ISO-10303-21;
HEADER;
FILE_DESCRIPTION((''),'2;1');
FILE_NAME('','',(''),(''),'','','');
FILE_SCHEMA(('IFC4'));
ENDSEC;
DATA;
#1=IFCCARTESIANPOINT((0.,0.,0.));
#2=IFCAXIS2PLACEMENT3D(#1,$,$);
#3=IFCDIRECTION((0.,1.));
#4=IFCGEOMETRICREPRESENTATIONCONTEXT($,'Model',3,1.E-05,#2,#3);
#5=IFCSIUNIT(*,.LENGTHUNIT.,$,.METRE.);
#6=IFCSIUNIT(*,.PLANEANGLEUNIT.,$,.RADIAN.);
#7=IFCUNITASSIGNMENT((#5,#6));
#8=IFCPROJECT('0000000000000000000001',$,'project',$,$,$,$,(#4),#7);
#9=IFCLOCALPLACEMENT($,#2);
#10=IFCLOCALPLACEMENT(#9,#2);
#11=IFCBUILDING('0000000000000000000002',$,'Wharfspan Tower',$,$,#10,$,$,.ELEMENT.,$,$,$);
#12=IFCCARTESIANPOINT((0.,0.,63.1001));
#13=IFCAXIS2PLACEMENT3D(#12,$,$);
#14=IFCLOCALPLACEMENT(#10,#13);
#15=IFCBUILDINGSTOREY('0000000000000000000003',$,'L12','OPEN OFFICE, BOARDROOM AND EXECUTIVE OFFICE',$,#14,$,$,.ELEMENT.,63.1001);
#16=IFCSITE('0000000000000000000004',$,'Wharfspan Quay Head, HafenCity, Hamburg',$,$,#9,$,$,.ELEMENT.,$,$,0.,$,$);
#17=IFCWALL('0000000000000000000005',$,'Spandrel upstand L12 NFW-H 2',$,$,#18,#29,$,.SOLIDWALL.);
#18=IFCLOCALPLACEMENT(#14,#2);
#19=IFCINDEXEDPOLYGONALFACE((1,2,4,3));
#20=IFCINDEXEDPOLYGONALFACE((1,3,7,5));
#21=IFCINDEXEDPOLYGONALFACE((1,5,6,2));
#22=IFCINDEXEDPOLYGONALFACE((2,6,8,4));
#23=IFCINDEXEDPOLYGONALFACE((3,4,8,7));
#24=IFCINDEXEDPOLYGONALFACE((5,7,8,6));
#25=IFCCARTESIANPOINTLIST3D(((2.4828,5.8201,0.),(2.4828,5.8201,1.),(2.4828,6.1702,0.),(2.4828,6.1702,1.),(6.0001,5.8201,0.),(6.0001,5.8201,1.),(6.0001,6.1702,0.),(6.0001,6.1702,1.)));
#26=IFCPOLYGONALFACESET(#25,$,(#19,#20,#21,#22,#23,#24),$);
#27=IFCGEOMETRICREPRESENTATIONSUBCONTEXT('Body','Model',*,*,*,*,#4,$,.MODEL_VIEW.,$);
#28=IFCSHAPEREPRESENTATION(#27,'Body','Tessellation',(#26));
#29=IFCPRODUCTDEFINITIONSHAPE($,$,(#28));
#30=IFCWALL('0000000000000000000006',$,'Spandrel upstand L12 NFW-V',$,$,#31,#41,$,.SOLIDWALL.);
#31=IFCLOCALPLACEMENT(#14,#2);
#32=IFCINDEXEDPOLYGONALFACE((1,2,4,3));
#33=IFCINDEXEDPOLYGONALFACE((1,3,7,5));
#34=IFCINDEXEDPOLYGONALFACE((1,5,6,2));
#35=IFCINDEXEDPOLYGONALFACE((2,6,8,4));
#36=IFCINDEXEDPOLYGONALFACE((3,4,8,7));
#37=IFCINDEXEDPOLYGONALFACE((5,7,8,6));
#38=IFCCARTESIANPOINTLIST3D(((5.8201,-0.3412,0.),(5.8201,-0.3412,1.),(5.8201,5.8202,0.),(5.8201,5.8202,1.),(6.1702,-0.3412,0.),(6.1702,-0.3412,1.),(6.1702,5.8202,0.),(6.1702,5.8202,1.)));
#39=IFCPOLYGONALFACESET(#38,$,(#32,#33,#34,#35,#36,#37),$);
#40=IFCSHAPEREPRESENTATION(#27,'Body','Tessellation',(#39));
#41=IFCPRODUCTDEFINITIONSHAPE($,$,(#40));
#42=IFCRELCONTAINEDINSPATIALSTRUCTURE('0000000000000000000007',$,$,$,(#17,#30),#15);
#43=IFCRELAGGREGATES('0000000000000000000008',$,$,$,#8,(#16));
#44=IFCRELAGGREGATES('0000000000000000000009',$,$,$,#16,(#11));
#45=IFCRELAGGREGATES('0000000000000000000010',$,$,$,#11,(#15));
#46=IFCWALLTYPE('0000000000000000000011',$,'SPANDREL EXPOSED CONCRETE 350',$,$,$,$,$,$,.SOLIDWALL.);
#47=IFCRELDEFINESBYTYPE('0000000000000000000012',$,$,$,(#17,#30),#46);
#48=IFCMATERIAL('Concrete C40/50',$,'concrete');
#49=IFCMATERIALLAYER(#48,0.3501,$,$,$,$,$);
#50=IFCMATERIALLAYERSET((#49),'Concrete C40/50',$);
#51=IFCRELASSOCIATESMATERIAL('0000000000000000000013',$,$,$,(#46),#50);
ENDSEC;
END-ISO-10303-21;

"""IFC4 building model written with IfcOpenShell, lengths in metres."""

from ifc_helpers import new_model, si_unit, direction, frame, frame_2d, origin, place, context, subcontext, project, spatial, rectangle, extrude, material, layer, layer_set, type_object, element, save


model = new_model("IFC4")

# Units and contexts
model_context = context("Model", 3, precision=1e-05, world=origin(), true_north=direction((0.0, 1.0)))
body_context = subcontext(model_context, "Body", "Model", "MODEL_VIEW")
ifc_project = project(units=[si_unit("LENGTHUNIT", "METRE"), si_unit("PLANEANGLEUNIT", "RADIAN")], contexts=[model_context])

# Site, building, storey
site_placement = place(None, origin())
site = spatial("IfcSite", under=ifc_project, at=site_placement, Name="Wharfspan Quay Head, HafenCity, Hamburg", CompositionType="ELEMENT", RefElevation=0.0)
building_placement = place(site_placement, origin())
building = spatial("IfcBuilding", under=site, at=building_placement, Name="Wharfspan Tower", CompositionType="ELEMENT")
storey_placement = place(building_placement, frame((0.0, 0.0, 63.1001)))
storey = spatial("IfcBuildingStorey", under=building, at=storey_placement, Name="L12", Description="OPEN OFFICE, BOARDROOM AND EXECUTIVE OFFICE", CompositionType="ELEMENT", Elevation=63.1001)

# Shared definitions
ifc_material_1 = material(Name="Concrete C40/50", Category="concrete")

# Walls
ifc_layer_1 = layer(ifc_material_1, 0.3501)
ifc_layer_set_1 = layer_set([ifc_layer_1], Name="Concrete C40/50")
wall_type_1 = type_object("IfcWallType", Name="SPANDREL EXPOSED CONCRETE 350", PredefinedType="SOLIDWALL", material=ifc_layer_set_1)
wall_1_placement = place(storey_placement, frame((2.4827, 5.9951, 0.0), z_axis=(0.0, 0.0, 1.0), x_axis=(1.0, 0.0, 0.0)))
element("IfcWall", 1, at=wall_1_placement, inside=storey, type_object=wall_type_1, Name="Spandrel upstand L12 NFW-H 2", PredefinedType="SOLIDWALL", context=body_context, shape_type="SweptSolid", body=[
    extrude(rectangle(XDim=3.5173, YDim=0.3501, at=frame_2d((1.7588, 0.0))), origin(), (0.0, 0.0, 1.0), 1.0),
])
wall_2_placement = place(storey_placement, frame((5.9951, 5.8201, 0.0), z_axis=(0.0, 0.0, 1.0), x_axis=(0.0, -1.0, 0.0)))
element("IfcWall", 2, at=wall_2_placement, inside=storey, type_object=wall_type_1, Name="Spandrel upstand L12 NFW-V", PredefinedType="SOLIDWALL", context=body_context, shape_type="SweptSolid", body=[
    extrude(rectangle(XDim=6.1614, YDim=0.3501, at=frame_2d((3.0806, 0.0))), origin(), (0.0, 0.0, 1.0), 1.0),
])

save(model, "model.ifc")
